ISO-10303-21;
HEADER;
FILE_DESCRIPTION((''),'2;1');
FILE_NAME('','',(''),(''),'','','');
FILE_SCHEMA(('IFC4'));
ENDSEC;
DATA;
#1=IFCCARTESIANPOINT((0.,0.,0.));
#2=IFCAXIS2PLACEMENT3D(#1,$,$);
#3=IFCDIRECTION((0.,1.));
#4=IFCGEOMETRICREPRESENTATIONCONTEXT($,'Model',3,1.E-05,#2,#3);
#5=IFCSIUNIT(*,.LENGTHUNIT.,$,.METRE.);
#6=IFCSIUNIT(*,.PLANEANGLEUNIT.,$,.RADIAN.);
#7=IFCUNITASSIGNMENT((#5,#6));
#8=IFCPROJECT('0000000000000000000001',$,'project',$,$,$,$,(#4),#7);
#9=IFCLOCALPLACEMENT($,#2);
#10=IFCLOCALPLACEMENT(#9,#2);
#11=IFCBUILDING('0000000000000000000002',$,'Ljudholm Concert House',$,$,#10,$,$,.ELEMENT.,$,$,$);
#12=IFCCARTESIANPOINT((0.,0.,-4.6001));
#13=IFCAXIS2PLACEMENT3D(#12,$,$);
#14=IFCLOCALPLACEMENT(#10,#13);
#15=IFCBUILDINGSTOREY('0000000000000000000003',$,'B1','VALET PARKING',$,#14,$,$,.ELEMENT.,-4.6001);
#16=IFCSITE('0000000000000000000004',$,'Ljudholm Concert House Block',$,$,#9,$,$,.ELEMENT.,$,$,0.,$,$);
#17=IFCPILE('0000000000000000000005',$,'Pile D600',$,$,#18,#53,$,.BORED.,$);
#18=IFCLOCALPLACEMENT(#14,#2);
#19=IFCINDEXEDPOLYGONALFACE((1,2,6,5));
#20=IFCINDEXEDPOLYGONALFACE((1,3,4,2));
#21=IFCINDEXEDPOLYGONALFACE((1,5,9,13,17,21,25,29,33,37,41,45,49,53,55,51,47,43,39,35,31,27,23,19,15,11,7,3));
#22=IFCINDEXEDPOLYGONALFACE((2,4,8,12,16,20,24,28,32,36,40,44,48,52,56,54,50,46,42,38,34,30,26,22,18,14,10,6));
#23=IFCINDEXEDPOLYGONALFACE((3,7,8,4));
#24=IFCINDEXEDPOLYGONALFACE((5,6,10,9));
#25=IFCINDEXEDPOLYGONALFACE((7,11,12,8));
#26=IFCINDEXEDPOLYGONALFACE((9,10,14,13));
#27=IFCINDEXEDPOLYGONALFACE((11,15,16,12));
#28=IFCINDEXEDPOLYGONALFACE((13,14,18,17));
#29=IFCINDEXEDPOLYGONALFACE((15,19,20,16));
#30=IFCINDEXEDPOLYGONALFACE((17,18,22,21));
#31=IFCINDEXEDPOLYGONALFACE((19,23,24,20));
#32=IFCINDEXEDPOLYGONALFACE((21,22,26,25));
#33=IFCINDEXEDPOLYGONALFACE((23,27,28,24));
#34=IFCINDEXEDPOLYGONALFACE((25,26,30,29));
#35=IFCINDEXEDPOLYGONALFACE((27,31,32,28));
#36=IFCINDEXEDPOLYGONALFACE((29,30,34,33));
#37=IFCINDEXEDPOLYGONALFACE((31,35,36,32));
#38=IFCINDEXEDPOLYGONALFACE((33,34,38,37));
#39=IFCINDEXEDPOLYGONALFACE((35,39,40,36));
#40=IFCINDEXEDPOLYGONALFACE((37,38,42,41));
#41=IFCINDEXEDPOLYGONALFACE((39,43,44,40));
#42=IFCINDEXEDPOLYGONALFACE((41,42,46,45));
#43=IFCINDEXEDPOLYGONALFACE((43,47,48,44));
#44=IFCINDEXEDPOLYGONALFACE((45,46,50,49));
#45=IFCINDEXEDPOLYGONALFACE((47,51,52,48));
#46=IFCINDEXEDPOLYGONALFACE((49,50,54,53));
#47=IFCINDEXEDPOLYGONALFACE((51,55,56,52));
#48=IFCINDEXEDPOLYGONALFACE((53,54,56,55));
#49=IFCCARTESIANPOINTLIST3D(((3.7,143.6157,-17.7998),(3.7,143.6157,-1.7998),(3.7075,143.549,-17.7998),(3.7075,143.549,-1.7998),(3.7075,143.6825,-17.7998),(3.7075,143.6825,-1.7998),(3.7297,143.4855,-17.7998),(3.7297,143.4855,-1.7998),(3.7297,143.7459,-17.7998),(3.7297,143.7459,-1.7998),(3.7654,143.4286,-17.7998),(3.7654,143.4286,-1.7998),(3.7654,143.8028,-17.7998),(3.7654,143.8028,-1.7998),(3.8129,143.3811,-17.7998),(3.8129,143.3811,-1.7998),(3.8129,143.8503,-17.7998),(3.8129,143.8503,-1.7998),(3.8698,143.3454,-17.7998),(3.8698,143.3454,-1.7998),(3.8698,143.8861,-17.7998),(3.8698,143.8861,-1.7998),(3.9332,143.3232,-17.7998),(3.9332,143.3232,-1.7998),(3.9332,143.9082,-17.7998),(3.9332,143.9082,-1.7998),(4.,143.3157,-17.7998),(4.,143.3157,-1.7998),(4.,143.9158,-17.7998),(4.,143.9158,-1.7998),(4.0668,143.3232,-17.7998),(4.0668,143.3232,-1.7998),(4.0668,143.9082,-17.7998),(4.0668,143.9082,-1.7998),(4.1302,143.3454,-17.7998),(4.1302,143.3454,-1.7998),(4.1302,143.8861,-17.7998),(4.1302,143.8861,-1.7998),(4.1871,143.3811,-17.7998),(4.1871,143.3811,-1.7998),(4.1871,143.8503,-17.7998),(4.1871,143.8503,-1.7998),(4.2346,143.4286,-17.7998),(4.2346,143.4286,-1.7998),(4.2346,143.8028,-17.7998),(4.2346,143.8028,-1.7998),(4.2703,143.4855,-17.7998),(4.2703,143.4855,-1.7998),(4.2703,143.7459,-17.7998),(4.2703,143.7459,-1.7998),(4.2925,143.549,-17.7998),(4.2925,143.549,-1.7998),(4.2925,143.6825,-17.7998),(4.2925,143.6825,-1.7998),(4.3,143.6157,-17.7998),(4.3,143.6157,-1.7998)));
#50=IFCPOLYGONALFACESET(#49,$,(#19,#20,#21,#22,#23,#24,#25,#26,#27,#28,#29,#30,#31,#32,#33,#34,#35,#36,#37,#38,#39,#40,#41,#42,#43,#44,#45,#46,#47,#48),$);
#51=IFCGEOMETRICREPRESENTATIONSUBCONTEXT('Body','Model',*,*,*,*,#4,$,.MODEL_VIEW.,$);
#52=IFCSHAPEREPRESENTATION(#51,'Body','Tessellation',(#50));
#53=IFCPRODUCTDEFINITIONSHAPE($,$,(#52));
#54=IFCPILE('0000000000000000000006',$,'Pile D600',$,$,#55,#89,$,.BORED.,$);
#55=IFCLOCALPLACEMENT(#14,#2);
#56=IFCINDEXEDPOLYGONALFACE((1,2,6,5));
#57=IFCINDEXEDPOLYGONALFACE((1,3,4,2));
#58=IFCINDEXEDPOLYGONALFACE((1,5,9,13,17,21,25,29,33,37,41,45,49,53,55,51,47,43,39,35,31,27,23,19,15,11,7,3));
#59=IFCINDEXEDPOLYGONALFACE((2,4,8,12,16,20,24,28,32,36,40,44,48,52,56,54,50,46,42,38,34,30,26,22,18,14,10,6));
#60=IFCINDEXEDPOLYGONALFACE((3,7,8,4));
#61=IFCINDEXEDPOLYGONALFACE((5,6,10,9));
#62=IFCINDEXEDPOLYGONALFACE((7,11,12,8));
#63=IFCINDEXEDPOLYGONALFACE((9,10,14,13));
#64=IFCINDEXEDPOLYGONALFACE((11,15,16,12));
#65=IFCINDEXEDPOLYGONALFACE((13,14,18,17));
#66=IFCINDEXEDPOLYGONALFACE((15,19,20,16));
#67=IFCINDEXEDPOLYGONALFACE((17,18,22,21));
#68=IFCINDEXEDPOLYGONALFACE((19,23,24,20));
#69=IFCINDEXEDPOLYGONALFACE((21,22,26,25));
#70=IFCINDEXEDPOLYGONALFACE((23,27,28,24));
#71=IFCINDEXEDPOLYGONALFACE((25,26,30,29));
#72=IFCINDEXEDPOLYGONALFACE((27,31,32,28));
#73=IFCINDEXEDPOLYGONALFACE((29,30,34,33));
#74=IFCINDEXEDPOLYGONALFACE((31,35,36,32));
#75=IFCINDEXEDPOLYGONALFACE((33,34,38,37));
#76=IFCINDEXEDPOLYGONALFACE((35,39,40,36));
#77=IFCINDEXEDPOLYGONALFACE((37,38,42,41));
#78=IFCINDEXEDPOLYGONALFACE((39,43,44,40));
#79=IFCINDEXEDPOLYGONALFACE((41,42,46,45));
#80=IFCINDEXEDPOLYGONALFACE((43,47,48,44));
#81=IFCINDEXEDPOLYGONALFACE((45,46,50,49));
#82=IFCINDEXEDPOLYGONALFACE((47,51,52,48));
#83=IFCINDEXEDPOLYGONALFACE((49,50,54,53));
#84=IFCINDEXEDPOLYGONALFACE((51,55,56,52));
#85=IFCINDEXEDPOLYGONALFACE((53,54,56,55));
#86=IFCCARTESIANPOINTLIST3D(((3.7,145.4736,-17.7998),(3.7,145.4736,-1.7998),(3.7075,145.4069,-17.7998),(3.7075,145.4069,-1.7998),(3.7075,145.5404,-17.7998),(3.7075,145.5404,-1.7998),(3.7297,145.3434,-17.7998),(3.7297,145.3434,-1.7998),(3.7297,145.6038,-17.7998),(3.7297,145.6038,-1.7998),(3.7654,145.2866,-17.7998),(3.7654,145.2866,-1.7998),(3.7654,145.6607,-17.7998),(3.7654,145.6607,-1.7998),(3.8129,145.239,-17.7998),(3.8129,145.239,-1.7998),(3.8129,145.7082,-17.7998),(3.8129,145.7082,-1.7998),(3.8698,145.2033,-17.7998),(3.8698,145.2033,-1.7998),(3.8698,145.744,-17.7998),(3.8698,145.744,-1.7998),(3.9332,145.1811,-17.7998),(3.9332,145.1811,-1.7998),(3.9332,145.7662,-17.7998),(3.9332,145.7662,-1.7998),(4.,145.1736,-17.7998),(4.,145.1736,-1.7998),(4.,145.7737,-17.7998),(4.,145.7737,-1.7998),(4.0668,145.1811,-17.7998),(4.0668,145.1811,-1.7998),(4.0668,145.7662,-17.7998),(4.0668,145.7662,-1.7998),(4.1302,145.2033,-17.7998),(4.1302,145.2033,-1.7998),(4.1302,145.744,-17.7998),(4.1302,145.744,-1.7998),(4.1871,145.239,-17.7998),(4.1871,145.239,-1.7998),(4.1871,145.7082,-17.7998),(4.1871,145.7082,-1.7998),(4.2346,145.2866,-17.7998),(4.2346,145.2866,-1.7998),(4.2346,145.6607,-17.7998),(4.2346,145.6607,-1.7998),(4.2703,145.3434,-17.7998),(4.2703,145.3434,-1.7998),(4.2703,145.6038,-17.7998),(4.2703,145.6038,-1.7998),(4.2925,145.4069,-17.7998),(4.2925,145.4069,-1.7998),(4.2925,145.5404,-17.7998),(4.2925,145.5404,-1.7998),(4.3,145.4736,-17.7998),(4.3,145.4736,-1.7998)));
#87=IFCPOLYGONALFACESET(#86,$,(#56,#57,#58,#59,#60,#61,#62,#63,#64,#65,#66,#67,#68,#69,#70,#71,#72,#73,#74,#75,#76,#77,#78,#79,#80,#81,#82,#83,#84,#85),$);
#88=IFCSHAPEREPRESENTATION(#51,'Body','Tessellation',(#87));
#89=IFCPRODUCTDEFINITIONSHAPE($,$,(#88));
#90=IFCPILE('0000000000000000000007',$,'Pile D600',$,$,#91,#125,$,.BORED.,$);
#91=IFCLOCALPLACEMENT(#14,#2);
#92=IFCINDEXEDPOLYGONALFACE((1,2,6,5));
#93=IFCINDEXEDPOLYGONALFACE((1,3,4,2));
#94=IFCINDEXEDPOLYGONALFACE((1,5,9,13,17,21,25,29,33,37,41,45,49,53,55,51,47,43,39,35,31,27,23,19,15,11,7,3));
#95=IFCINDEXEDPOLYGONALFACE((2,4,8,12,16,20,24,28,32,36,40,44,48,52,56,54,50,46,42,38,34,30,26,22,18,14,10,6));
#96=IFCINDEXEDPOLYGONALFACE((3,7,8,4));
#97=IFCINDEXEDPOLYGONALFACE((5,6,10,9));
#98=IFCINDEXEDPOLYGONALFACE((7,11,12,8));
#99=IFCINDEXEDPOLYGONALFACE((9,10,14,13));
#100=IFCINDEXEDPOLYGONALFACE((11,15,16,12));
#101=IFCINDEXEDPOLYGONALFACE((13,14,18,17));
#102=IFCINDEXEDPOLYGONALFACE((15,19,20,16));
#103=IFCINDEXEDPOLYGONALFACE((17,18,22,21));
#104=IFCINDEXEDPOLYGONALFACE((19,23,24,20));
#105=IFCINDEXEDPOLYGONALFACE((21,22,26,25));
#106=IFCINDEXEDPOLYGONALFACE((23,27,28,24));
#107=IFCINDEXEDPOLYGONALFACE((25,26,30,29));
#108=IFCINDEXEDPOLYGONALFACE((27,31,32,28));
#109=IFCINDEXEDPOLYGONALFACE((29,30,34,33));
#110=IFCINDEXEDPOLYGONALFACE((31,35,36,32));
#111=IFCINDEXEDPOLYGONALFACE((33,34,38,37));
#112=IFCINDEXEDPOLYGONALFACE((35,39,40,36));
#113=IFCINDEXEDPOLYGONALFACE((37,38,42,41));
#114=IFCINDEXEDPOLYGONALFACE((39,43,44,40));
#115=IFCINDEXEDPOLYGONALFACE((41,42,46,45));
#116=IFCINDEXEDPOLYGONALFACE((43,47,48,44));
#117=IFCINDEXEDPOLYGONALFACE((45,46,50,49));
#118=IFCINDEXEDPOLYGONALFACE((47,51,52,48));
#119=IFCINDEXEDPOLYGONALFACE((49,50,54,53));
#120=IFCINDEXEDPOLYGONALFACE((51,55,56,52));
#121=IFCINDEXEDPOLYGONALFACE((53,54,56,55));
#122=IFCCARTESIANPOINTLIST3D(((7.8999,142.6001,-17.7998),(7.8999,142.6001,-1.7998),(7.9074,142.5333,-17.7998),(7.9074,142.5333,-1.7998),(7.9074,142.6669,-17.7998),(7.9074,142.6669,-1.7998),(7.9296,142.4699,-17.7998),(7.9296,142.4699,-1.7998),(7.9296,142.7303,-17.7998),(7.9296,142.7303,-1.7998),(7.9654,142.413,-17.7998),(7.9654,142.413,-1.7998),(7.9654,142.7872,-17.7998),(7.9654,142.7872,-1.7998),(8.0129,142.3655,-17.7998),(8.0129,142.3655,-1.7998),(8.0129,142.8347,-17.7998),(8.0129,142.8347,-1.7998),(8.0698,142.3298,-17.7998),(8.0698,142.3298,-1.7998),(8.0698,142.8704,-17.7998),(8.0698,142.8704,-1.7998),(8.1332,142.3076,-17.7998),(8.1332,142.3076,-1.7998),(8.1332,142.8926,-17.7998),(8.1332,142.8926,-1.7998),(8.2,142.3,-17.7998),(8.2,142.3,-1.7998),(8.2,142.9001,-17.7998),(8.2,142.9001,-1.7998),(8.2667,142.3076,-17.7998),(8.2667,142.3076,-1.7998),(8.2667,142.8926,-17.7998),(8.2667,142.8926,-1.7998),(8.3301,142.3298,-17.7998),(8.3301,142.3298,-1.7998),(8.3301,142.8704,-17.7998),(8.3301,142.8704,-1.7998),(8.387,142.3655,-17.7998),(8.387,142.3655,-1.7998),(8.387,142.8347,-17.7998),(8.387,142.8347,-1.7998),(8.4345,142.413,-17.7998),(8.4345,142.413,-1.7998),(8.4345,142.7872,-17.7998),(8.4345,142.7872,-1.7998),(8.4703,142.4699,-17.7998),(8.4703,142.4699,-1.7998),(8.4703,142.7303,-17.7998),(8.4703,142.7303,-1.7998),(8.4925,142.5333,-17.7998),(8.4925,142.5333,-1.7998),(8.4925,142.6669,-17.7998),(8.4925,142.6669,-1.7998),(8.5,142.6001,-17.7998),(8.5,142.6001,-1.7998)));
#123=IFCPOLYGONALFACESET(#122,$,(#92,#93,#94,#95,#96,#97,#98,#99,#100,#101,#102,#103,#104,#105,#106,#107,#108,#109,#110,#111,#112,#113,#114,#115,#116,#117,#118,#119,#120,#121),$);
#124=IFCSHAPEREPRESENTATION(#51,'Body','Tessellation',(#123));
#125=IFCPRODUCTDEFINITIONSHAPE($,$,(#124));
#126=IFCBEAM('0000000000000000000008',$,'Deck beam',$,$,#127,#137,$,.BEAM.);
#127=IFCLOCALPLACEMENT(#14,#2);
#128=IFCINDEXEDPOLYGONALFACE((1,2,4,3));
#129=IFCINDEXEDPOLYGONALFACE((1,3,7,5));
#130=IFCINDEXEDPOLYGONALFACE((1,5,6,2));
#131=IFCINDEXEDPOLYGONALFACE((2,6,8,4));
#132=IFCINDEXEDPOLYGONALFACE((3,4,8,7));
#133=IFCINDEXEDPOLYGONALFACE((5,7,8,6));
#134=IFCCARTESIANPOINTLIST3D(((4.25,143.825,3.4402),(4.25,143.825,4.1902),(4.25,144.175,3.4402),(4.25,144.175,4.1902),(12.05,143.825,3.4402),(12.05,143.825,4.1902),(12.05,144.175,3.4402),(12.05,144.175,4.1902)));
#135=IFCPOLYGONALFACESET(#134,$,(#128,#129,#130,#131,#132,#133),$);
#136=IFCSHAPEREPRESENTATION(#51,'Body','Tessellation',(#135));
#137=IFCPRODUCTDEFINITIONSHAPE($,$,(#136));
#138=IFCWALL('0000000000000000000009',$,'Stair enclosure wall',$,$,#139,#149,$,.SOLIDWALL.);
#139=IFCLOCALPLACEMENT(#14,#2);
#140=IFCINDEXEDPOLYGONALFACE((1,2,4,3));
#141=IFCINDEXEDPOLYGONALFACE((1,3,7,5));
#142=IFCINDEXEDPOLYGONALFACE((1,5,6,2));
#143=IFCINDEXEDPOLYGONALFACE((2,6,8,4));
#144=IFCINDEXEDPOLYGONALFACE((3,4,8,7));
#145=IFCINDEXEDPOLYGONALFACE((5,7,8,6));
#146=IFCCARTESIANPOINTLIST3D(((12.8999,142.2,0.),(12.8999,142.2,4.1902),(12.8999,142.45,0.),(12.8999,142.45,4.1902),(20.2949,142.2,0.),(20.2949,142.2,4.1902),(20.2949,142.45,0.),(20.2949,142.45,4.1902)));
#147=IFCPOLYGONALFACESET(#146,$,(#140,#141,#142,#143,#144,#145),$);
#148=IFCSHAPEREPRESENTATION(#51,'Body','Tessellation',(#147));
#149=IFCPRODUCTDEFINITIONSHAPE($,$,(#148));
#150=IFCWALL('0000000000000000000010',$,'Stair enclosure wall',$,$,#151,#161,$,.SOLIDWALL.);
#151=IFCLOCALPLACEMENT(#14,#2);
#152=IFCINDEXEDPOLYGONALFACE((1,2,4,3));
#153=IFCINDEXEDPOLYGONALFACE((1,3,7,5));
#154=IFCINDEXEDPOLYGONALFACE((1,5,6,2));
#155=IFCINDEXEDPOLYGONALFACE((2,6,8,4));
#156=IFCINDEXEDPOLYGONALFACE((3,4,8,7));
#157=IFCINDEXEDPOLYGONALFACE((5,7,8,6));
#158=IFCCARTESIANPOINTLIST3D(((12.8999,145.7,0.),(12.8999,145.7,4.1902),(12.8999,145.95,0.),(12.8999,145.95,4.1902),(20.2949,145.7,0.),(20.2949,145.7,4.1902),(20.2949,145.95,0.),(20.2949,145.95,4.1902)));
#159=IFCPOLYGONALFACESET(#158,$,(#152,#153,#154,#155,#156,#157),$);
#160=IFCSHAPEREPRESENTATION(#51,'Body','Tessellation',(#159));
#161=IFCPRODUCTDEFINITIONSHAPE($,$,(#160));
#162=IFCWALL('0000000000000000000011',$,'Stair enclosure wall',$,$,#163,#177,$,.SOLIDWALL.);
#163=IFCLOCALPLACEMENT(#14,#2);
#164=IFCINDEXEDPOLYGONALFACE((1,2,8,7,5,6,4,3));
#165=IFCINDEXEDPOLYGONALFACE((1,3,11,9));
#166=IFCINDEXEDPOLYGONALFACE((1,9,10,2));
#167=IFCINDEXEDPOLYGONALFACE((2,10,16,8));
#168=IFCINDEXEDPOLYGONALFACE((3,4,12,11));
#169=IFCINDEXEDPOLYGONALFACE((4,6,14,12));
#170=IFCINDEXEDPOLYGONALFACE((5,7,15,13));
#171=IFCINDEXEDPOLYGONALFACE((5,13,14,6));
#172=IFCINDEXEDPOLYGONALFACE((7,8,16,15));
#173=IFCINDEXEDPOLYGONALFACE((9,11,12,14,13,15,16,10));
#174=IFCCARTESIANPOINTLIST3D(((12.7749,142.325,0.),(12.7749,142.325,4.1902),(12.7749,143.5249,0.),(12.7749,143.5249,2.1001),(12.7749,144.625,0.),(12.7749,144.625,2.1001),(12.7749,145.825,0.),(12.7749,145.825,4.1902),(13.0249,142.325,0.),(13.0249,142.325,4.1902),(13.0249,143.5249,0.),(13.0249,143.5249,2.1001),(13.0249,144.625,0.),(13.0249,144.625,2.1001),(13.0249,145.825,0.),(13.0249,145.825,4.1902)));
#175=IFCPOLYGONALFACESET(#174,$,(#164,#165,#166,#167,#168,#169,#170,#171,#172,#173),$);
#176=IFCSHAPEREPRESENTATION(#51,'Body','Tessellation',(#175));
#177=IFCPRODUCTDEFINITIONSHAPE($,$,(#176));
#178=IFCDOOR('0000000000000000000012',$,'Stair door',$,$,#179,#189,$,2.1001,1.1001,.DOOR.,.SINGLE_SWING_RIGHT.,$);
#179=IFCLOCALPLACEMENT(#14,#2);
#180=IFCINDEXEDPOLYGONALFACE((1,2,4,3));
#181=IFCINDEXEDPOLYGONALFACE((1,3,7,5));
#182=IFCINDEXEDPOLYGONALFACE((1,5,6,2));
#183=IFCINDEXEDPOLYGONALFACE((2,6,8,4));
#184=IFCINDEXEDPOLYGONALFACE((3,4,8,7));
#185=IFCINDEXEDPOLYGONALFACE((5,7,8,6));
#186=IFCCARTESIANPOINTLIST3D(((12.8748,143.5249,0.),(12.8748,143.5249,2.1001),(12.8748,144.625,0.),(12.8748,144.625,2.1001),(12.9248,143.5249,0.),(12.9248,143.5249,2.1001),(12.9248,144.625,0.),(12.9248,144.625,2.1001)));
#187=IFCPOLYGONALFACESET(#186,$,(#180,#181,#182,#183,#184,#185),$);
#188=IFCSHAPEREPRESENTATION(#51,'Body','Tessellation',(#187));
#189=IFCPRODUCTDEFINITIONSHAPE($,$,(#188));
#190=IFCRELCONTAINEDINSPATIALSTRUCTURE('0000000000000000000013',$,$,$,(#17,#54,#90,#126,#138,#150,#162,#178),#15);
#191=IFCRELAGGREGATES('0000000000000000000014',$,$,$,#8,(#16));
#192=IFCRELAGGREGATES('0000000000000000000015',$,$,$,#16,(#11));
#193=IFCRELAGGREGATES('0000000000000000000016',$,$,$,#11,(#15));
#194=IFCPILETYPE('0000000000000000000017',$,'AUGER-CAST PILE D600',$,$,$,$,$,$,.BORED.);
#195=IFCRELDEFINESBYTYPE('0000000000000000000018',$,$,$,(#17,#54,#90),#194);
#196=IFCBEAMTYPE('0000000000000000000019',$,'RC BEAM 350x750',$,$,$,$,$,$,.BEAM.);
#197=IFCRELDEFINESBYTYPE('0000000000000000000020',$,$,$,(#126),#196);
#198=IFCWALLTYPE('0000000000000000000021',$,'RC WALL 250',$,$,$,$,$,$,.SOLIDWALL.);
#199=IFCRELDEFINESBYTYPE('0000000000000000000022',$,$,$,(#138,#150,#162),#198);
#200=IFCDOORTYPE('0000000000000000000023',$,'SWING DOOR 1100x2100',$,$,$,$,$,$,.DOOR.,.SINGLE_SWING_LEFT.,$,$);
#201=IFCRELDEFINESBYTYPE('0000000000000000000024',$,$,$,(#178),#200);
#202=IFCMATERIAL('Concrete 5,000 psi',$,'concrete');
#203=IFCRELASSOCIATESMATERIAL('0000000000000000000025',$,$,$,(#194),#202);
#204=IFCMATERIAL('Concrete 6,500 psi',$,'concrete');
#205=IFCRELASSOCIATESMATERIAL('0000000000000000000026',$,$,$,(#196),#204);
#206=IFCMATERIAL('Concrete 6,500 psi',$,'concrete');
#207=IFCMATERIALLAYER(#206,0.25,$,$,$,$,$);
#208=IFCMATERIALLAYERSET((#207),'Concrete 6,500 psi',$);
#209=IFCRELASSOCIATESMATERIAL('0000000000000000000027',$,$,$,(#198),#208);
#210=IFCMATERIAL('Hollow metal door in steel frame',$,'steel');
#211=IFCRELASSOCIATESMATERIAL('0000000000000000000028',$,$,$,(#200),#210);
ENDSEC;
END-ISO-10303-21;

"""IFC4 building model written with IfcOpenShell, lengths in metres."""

from ifc_helpers import new_model, si_unit, direction, frame, frame_2d, origin, origin_2d, place, context, subcontext, project, spatial, rectangle, circle, extrude, material, layer, layer_set, material_profile, profile_set, type_object, element, fill, save


model = new_model("IFC4")

# Units and contexts
model_context = context("Model", 3, precision=1e-05, world=origin(), true_north=direction((0.0, 1.0)))
body_context = subcontext(model_context, "Body", "Model", "MODEL_VIEW")
ifc_project = project(units=[si_unit("LENGTHUNIT", "METRE"), si_unit("PLANEANGLEUNIT", "RADIAN")], contexts=[model_context])

# Site, building, storey
site_placement = place(None, origin())
site = spatial("IfcSite", under=ifc_project, at=site_placement, Name="Ljudholm Concert House Block", CompositionType="ELEMENT", RefElevation=0.0)
building_placement = place(site_placement, origin())
building = spatial("IfcBuilding", under=site, at=building_placement, Name="Ljudholm Concert House", CompositionType="ELEMENT")
storey_placement = place(building_placement, frame((0.0, 0.0, -4.6001)))
storey = spatial("IfcBuildingStorey", under=building, at=storey_placement, Name="B1", Description="VALET PARKING", CompositionType="ELEMENT", Elevation=-4.6001)

# Piles
ifc_material_1 = material(Name="Concrete 5,000 psi", Category="concrete")
ifc_material_profile_1 = material_profile(ifc_material_1, circle(Radius=0.3, at=origin_2d()), Name="AUGER-CAST PILE D600")
ifc_profile_set_1 = profile_set([ifc_material_profile_1], Name="Concrete 5,000 psi")
pile_type = type_object("IfcPileType", Name="AUGER-CAST PILE D600", PredefinedType="BORED", material=ifc_profile_set_1)
for number, where, z_axis, x_axis, name in (
    (1, (4.0, 143.6157, -1.7998), (0.0, 0.0, -1.0), (1.0, 0.0, 0.0), "Pile D600"),
    (2, (4.0, 145.4736, -1.7998), (0.0, 0.0, -1.0), (1.0, 0.0, 0.0), "Pile D600"),
    (3, (8.2, 142.6001, -1.7998), (0.0, 0.0, -1.0), (1.0, 0.0, 0.0), "Pile D600"),
):
    element("IfcPile", number, at=place(storey_placement, frame(where, z_axis=z_axis, x_axis=x_axis)), inside=storey, type_object=pile_type, Name=name, PredefinedType="BORED", context=body_context, shape_type="SweptSolid", body=[
        extrude(circle(Radius=0.3, at=origin_2d()), origin(), (0.0, 0.0, 1.0), 16.0),
    ])

# Beam
ifc_material_2 = material(Name="Concrete 6,500 psi", Category="concrete")
ifc_material_profile_2 = material_profile(ifc_material_2, rectangle(XDim=0.3501, YDim=0.75, at=origin_2d()), Name="RC BEAM 350x750")
ifc_profile_set_2 = profile_set([ifc_material_profile_2], Name="Concrete 6,500 psi")
beam_type = type_object("IfcBeamType", Name="RC BEAM 350x750", PredefinedType="BEAM", material=ifc_profile_set_2)
beam_placement = place(storey_placement, frame((4.25, 144.0, 3.8152), z_axis=(1.0, 0.0, 0.0), x_axis=(0.0, 1.0, 0.0)))
element("IfcBeam", 4, at=beam_placement, inside=storey, type_object=beam_type, Name="Deck beam", PredefinedType="BEAM", context=body_context, shape_type="SweptSolid", body=[
    extrude(rectangle(XDim=0.3501, YDim=0.75, at=origin_2d()), origin(), (0.0, 0.0, 1.0), 7.8),
])

# Walls
ifc_material_3 = material(Name="Concrete 6,500 psi", Category="concrete")
ifc_layer_1 = layer(ifc_material_3, 0.25)
ifc_layer_set_1 = layer_set([ifc_layer_1], Name="Concrete 6,500 psi")
wall_type_1 = type_object("IfcWallType", Name="RC WALL 250", PredefinedType="SOLIDWALL", material=ifc_layer_set_1)
for number, where, z_axis, x_axis, name in (
    (5, (12.8999, 142.325, 0.0), (0.0, 0.0, 1.0), (1.0, 0.0, 0.0), "Stair enclosure wall"),
    (6, (12.8999, 145.825, 0.0), (0.0, 0.0, 1.0), (1.0, 0.0, 0.0), "Stair enclosure wall"),
):
    element("IfcWall", number, at=place(storey_placement, frame(where, z_axis=z_axis, x_axis=x_axis)), inside=storey, type_object=wall_type_1, Name=name, PredefinedType="SOLIDWALL", context=body_context, shape_type="SweptSolid", body=[
        extrude(rectangle(XDim=7.395, YDim=0.25, at=frame_2d((3.6975, 0.0))), origin(), (0.0, 0.0, 1.0), 4.1902),
    ])

# Wall, opening, door
wall_1_placement = place(storey_placement, frame((12.8999, 142.325, 0.0), z_axis=(0.0, 0.0, 1.0), x_axis=(0.0, 1.0, 0.0)))
wall_1 = element("IfcWall", 7, at=wall_1_placement, inside=storey, type_object=wall_type_1, Name="Stair enclosure wall", PredefinedType="SOLIDWALL", context=body_context, shape_type="SweptSolid", body=[
    extrude(rectangle(XDim=3.5, YDim=0.25, at=frame_2d((1.75, 0.0))), origin(), (0.0, 0.0, 1.0), 4.1902),
])
opening_placement = place(wall_1_placement, frame((1.2, 0.0, 0.0)))
opening = element("IfcOpeningElement", 8, at=opening_placement, cuts=wall_1, PredefinedType="OPENING", context=body_context, shape_type="SweptSolid", body=[
    extrude(rectangle(XDim=1.1001, YDim=2.1001, at=frame_2d((0.55, 1.05))), frame((0.0, 0.135, 0.0), z_axis=(0.0, -1.0, 0.0), x_axis=(1.0, 0.0, 0.0)), (0.0, 0.0, 1.0), 0.27),
])
ifc_material_4 = material(Name="Hollow metal door in steel frame", Category="steel")
door_type = type_object("IfcDoorType", Name="SWING DOOR 1100x2100", OperationType="SINGLE_SWING_LEFT", PredefinedType="DOOR", material=ifc_material_4)
door_placement = place(opening_placement, frame((1.1001, 0.0, 0.0), z_axis=(0.0, 0.0, 1.0), x_axis=(-1.0, 0.0, 0.0)))
door = element("IfcDoor", 9, at=door_placement, inside=storey, type_object=door_type, Name="Stair door", OperationType="SINGLE_SWING_RIGHT", OverallHeight=2.1001, OverallWidth=1.1001, PredefinedType="DOOR", context=body_context, shape_type="SweptSolid", body=[
    extrude(rectangle(XDim=1.1001, YDim=2.1001, at=frame_2d((0.55, 1.05))), frame((0.0, 0.0249, 0.0), z_axis=(0.0, -1.0, 0.0), x_axis=(1.0, 0.0, 0.0)), (0.0, 0.0, 1.0), 0.05),
])
fill(opening, door)

save(model, "model.ifc")
